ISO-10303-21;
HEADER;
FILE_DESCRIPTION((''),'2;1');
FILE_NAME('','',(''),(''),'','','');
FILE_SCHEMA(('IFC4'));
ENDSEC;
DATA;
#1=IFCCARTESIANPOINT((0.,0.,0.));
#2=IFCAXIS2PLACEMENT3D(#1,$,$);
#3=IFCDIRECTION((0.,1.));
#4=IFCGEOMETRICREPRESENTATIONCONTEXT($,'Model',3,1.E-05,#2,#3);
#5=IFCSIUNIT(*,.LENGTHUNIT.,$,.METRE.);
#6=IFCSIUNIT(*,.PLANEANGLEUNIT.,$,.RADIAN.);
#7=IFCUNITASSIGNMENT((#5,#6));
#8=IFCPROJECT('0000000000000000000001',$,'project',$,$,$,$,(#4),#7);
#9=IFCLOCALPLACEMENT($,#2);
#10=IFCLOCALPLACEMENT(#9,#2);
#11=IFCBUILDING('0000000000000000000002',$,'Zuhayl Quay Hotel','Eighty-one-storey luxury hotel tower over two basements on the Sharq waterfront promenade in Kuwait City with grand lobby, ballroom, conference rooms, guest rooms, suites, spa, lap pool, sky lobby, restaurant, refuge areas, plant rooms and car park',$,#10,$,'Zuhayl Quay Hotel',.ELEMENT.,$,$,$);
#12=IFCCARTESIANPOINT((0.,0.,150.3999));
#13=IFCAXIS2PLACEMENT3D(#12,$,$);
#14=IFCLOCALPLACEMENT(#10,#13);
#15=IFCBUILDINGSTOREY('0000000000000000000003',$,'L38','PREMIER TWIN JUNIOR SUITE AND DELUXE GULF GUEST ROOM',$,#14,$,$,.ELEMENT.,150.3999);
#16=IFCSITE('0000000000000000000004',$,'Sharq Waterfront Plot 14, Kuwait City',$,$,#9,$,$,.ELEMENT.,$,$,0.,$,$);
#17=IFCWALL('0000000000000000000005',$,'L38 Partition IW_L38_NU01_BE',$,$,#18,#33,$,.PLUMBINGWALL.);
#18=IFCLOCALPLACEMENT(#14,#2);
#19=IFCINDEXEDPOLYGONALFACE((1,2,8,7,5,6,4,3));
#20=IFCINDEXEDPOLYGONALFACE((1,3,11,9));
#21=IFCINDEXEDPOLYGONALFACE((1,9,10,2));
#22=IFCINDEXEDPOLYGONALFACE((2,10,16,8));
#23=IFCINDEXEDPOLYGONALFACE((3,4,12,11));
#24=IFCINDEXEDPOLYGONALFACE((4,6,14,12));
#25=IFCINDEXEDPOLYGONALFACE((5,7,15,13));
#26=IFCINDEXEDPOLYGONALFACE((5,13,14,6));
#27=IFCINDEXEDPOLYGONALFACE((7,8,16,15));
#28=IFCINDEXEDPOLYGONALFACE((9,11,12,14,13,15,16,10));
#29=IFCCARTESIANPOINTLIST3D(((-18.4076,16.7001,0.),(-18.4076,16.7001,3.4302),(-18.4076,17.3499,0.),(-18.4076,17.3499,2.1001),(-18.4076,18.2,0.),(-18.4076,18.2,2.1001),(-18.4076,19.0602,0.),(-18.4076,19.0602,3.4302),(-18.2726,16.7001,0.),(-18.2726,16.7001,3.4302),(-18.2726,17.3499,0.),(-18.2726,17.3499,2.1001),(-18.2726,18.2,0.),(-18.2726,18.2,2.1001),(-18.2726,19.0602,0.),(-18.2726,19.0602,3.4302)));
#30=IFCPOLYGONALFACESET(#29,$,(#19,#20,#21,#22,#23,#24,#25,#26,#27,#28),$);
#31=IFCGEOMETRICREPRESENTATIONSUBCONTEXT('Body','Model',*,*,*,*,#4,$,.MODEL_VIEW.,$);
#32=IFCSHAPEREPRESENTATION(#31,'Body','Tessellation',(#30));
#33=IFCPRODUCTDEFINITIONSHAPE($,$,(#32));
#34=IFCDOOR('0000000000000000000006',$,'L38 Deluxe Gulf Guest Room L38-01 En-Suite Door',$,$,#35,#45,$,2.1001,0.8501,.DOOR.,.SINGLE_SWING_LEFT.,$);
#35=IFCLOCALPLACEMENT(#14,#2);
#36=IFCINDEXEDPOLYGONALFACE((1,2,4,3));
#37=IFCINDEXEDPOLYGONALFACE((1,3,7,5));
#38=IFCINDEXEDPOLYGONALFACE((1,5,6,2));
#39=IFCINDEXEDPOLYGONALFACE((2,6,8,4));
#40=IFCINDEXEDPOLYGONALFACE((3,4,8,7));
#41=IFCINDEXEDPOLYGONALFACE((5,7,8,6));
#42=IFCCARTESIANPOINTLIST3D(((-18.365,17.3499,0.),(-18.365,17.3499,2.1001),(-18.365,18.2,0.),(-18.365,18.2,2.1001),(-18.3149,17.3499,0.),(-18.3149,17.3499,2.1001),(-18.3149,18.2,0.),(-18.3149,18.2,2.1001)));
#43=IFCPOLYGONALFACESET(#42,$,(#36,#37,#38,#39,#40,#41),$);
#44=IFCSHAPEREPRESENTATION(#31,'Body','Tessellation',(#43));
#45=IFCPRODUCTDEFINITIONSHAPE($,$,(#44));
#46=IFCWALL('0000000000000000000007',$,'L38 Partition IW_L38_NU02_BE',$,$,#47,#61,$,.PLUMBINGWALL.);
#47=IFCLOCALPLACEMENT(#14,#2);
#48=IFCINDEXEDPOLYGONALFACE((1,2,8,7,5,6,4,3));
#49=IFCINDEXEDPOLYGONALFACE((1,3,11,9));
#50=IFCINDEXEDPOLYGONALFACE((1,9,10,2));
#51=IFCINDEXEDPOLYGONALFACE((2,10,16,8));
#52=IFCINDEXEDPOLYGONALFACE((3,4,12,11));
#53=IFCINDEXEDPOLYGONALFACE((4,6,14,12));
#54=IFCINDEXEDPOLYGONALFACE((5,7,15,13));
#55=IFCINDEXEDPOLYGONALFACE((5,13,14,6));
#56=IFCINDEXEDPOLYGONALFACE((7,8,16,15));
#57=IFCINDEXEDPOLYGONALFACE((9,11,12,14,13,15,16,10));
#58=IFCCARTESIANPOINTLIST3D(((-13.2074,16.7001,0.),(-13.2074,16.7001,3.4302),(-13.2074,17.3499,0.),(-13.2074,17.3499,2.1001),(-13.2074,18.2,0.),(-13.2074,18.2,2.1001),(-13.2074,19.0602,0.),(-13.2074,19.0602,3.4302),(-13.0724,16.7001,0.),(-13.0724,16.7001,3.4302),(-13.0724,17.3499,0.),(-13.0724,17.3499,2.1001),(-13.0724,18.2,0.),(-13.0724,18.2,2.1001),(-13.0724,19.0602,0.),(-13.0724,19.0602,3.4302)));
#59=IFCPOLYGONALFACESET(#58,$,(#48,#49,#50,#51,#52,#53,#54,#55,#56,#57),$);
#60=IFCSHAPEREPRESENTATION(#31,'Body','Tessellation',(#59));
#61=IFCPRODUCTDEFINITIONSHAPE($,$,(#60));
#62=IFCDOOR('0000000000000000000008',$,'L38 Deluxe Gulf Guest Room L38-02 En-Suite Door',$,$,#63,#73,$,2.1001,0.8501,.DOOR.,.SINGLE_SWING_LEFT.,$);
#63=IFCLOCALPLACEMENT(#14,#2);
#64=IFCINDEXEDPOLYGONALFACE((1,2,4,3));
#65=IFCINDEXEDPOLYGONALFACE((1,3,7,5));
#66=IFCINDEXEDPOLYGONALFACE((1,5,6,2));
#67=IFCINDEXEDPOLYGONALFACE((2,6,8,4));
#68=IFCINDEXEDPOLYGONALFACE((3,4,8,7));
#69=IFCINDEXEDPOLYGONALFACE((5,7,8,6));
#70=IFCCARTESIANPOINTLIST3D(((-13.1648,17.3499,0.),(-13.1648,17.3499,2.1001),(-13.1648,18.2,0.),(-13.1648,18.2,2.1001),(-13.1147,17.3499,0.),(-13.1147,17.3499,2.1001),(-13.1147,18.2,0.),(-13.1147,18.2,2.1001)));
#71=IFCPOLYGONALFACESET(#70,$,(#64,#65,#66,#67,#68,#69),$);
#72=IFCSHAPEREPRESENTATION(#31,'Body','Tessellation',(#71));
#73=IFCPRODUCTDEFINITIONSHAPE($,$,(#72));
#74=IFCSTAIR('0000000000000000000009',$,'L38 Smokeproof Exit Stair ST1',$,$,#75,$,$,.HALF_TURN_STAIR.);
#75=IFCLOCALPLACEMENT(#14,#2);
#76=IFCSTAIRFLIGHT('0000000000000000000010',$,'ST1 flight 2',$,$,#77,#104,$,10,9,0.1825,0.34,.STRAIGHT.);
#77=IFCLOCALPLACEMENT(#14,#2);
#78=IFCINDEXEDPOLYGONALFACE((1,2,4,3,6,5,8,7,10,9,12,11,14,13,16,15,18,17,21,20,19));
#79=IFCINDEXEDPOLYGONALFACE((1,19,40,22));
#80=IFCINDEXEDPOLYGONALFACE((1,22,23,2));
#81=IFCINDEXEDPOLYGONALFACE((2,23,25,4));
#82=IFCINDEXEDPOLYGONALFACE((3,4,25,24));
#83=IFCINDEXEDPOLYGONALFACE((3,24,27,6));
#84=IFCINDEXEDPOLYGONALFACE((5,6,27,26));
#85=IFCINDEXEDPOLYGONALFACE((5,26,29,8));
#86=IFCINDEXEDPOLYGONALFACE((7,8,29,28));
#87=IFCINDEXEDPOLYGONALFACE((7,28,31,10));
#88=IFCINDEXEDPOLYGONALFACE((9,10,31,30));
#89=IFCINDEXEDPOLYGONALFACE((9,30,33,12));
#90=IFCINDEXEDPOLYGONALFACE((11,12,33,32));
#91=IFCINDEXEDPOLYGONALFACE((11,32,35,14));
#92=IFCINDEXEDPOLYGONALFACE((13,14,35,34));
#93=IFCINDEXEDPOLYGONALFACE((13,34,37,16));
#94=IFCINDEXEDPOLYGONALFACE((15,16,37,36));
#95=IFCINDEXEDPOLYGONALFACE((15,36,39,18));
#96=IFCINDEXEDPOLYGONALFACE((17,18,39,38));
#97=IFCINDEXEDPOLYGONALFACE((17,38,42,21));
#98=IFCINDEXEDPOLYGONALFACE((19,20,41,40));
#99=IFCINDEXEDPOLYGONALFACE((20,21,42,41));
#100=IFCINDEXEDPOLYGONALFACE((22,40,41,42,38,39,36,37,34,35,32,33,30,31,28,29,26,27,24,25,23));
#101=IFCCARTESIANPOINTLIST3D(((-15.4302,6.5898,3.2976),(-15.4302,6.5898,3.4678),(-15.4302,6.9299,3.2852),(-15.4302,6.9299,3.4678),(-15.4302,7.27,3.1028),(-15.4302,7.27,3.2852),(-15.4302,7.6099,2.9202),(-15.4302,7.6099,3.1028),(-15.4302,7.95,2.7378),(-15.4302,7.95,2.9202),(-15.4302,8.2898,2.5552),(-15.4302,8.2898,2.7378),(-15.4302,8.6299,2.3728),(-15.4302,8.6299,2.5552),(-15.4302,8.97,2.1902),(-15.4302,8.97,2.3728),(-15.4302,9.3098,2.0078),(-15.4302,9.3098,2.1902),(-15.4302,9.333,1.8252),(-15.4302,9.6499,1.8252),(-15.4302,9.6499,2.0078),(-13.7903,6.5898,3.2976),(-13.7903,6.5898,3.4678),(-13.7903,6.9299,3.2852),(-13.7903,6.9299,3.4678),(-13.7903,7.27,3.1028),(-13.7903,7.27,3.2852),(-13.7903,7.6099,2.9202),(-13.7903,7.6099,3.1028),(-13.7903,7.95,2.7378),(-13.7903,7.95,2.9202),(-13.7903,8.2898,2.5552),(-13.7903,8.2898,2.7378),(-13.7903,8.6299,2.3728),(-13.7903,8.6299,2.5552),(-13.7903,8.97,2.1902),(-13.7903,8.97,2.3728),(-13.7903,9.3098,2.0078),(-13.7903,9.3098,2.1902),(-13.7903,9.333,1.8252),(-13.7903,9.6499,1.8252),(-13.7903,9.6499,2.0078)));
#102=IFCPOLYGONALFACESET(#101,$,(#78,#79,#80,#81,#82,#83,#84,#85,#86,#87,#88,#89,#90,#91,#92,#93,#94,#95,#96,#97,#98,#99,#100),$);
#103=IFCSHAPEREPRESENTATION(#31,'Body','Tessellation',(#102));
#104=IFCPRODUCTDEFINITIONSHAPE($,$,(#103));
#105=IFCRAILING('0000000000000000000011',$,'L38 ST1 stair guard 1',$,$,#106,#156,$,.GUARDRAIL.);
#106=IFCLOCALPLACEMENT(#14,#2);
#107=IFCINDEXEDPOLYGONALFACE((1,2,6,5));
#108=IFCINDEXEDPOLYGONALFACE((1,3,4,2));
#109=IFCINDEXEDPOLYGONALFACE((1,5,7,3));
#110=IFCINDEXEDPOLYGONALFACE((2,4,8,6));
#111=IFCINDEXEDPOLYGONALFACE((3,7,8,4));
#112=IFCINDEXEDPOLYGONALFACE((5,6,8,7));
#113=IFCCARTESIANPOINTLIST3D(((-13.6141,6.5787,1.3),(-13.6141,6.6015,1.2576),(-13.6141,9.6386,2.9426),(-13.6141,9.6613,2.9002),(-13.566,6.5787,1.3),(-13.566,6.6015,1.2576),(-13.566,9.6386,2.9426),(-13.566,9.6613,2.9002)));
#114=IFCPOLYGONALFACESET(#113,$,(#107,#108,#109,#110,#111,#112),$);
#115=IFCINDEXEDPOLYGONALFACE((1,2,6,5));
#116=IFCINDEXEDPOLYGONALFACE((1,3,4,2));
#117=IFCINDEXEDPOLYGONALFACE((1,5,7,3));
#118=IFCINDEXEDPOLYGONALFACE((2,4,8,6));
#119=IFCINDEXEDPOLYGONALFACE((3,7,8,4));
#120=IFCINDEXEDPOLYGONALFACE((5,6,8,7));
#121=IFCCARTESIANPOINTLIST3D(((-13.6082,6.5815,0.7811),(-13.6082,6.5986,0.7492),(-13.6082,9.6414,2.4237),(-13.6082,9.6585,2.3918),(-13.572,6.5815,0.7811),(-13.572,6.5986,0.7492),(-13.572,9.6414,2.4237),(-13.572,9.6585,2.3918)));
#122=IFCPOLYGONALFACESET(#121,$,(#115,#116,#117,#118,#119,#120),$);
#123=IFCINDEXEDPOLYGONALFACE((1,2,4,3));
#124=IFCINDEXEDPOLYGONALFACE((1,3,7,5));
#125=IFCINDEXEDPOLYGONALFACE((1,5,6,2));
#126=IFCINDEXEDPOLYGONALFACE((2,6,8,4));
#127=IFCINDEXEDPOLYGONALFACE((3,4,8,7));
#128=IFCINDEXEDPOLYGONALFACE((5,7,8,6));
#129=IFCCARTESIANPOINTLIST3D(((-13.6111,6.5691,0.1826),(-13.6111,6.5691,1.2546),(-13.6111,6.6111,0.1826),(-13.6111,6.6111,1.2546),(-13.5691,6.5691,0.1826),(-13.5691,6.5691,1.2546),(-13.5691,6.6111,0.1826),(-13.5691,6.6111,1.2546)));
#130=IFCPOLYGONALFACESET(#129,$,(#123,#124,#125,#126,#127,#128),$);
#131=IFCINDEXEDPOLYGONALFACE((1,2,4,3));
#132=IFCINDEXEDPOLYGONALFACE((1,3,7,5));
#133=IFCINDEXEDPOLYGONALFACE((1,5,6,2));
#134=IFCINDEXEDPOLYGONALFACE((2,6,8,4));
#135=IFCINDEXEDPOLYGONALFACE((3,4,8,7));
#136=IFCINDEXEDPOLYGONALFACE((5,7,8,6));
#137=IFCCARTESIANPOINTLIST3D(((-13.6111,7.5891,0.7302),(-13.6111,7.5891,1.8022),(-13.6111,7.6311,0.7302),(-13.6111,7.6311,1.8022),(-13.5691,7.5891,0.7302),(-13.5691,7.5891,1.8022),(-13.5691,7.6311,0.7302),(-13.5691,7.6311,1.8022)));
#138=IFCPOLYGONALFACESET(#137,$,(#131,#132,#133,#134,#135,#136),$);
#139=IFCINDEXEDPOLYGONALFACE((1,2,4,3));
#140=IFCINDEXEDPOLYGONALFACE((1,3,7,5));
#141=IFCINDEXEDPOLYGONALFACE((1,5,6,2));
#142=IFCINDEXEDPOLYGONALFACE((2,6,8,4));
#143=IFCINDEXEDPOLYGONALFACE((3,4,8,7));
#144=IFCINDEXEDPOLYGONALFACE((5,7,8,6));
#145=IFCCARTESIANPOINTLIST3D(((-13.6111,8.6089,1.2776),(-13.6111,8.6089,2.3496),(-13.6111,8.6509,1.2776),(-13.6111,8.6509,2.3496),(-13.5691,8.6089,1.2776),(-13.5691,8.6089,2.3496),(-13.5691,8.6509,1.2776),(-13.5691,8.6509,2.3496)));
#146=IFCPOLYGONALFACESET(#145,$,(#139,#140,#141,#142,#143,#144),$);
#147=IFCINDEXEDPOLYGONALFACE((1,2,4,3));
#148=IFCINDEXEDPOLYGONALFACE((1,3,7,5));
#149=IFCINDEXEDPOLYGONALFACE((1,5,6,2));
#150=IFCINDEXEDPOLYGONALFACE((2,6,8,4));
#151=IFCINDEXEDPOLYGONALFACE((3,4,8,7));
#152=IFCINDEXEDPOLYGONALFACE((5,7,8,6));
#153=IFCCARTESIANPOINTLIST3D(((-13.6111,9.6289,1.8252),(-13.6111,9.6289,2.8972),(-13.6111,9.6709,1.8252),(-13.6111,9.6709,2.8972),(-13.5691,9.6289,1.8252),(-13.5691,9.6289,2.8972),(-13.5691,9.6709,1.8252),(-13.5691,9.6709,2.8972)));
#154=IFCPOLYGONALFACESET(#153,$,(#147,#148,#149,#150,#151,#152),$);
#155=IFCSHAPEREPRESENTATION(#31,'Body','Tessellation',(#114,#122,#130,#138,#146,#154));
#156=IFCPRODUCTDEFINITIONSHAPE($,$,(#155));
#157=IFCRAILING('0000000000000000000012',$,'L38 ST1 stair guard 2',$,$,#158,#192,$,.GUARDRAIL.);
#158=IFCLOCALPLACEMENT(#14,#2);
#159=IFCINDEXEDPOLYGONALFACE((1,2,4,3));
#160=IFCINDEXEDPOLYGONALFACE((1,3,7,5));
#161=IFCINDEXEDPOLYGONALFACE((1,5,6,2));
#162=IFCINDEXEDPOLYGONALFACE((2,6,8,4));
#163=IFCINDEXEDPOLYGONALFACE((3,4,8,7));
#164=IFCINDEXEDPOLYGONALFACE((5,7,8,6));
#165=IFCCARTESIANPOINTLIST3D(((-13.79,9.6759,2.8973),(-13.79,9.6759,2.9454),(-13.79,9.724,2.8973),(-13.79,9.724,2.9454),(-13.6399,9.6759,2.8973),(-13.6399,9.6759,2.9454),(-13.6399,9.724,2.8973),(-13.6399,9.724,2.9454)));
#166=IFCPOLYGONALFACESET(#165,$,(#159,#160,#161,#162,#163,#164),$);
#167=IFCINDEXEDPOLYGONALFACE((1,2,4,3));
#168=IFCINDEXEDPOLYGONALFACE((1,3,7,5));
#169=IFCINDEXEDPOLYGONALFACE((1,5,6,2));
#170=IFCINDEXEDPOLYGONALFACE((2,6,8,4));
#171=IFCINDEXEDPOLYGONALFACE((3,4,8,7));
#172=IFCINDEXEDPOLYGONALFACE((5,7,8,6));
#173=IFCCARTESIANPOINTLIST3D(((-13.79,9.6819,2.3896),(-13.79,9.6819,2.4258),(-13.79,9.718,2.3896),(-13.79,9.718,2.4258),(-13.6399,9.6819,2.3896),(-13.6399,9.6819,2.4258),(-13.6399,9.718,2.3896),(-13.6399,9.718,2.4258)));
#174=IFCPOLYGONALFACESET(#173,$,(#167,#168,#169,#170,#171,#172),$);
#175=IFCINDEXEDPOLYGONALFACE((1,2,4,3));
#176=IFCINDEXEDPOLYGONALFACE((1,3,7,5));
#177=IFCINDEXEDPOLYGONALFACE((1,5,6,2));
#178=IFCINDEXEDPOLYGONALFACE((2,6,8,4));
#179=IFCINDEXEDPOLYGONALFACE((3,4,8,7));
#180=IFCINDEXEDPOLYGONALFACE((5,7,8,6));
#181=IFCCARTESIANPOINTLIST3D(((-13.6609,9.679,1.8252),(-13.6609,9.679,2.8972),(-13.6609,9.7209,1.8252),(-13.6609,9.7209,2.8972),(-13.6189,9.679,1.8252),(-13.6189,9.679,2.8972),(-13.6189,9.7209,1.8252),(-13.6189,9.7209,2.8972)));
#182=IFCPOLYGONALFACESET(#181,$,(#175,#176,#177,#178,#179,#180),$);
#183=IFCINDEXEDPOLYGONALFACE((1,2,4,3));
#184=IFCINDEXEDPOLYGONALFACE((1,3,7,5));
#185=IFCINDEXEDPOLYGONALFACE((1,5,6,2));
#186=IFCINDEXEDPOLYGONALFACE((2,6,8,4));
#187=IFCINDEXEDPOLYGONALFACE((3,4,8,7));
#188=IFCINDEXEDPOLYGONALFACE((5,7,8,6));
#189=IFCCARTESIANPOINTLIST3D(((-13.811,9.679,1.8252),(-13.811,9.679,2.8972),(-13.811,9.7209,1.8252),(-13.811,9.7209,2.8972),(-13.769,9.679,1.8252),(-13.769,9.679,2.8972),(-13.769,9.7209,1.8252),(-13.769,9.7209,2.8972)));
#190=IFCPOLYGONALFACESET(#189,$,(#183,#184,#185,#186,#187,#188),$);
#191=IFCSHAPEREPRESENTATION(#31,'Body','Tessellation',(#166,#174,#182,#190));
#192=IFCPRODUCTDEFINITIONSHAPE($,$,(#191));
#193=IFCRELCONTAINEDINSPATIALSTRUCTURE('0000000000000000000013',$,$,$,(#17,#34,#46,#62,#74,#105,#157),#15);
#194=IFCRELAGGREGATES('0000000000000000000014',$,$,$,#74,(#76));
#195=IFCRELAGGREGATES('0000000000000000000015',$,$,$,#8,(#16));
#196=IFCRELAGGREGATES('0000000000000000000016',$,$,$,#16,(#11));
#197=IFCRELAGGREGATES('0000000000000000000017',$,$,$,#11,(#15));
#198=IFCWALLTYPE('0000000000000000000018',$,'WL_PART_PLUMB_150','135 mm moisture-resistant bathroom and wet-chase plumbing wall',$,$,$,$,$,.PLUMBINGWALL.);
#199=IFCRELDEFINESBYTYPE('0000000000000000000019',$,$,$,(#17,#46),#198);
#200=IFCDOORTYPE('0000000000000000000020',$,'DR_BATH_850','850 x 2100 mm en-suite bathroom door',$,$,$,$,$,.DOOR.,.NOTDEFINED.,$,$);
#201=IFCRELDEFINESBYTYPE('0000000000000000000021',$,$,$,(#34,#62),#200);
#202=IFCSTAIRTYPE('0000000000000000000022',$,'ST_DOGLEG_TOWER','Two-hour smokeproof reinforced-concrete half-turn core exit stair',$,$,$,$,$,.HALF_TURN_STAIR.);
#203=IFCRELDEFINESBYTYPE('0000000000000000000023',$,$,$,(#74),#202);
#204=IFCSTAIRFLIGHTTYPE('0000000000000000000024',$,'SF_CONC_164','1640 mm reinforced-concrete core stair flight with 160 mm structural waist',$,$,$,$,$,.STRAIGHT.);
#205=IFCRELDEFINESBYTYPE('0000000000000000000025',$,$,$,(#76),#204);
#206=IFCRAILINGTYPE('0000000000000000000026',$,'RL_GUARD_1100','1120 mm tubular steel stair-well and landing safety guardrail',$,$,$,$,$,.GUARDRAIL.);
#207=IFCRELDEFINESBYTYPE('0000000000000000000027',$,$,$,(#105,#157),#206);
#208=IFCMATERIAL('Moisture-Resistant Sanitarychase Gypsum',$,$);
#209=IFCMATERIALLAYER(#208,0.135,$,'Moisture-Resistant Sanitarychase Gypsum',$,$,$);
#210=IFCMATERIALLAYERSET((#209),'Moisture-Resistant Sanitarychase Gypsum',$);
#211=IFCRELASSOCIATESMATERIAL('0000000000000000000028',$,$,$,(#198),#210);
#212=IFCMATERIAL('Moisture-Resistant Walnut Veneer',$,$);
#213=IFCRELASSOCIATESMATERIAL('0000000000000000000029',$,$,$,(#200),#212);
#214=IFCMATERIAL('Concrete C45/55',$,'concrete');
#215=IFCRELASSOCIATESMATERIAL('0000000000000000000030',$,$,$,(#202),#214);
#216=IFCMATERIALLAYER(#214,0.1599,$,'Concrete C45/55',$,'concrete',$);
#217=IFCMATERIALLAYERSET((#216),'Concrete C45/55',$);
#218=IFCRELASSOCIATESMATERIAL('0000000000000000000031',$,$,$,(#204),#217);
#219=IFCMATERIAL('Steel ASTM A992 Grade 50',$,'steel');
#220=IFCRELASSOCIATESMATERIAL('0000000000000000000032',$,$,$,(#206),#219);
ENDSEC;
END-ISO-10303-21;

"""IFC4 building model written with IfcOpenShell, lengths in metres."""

from ifc_helpers import new_model, si_unit, direction, frame, frame_2d, origin, origin_2d, place, context, subcontext, project, spatial, polyline, rectangle, outline, extrude, material, layer, layer_set, type_object, element, fill, aggregate, save


model = new_model("IFC4")

# Units and contexts
model_context = context("Model", 3, precision=1e-05, world=origin(), true_north=direction((0.0, 1.0)))
body_context = subcontext(model_context, "Body", "Model", "MODEL_VIEW")
ifc_project = project(units=[si_unit("LENGTHUNIT", "METRE"), si_unit("PLANEANGLEUNIT", "RADIAN")], contexts=[model_context])

# Site, building, storey
site_placement = place(None, origin())
site = spatial("IfcSite", under=ifc_project, at=site_placement, Name="Sharq Waterfront Plot 14, Kuwait City", CompositionType="ELEMENT", RefElevation=0.0)
building_placement = place(site_placement, origin())
building = spatial("IfcBuilding", under=site, at=building_placement, Name="Zuhayl Quay Hotel", Description="Eighty-one-storey luxury hotel tower over two basements on the Sharq waterfront promenade in Kuwait City with grand lobby, ballroom, conference rooms, guest rooms, suites, spa, lap pool, sky lobby, restaurant, refuge areas, plant rooms and car park", LongName="Zuhayl Quay Hotel", CompositionType="ELEMENT")
storey_placement = place(building_placement, frame((0.0, 0.0, 150.3999)))
storey = spatial("IfcBuildingStorey", under=building, at=storey_placement, Name="L38", Description="PREMIER TWIN JUNIOR SUITE AND DELUXE GULF GUEST ROOM", CompositionType="ELEMENT", Elevation=150.3999)

# Shared definitions
ifc_material_1 = material(Name="Steel ASTM A992 Grade 50", Category="steel")

# Walls, openings, doors
ifc_material_2 = material(Name="Moisture-Resistant Sanitarychase Gypsum")
ifc_layer_1 = layer(ifc_material_2, 0.135, Name="Moisture-Resistant Sanitarychase Gypsum")
ifc_layer_set_1 = layer_set([ifc_layer_1], Name="Moisture-Resistant Sanitarychase Gypsum")
wall_type_1 = type_object("IfcWallType", Name="WL_PART_PLUMB_150", Description="135 mm moisture-resistant bathroom and wet-chase plumbing wall", PredefinedType="PLUMBINGWALL", material=ifc_layer_set_1)
wall_1_placement = place(storey_placement, frame((-18.3401, 16.7, 0.0), z_axis=(0.0, 0.0, 1.0), x_axis=(0.0, 1.0, 0.0)))
wall_1 = element("IfcWall", 1, at=wall_1_placement, inside=storey, type_object=wall_type_1, Name="L38 Partition IW_L38_NU01_BE", PredefinedType="PLUMBINGWALL", context=body_context, shape_type="SweptSolid", body=[
    extrude(rectangle(XDim=2.3601, YDim=0.135, at=frame_2d((1.1802, 0.0))), origin(), (0.0, 0.0, 1.0), 3.4302),
])
opening_1_placement = place(wall_1_placement, frame((0.6499, 0.0, 0.0)))
opening_1 = element("IfcOpeningElement", 2, at=opening_1_placement, cuts=wall_1, PredefinedType="OPENING", context=body_context, shape_type="SweptSolid", body=[
    extrude(rectangle(XDim=0.8501, YDim=2.1001, at=frame_2d((0.425, 1.05))), frame((0.0, 0.0774, 0.0), z_axis=(0.0, -1.0, 0.0), x_axis=(1.0, 0.0, 0.0)), (0.0, 0.0, 1.0), 0.155),
])
ifc_material_3 = material(Name="Moisture-Resistant Walnut Veneer")
door_type_1 = type_object("IfcDoorType", Name="DR_BATH_850", Description="850 x 2100 mm en-suite bathroom door", OperationType="NOTDEFINED", PredefinedType="DOOR", material=ifc_material_3)
door_1_placement = place(opening_1_placement, origin())
door_1 = element("IfcDoor", 3, at=door_1_placement, inside=storey, type_object=door_type_1, Name="L38 Deluxe Gulf Guest Room L38-01 En-Suite Door", OperationType="SINGLE_SWING_LEFT", OverallHeight=2.1001, OverallWidth=0.8501, PredefinedType="DOOR", context=body_context, shape_type="SweptSolid", body=[
    extrude(rectangle(XDim=0.8501, YDim=2.1001, at=frame_2d((0.425, 1.05))), frame((0.0, 0.0249, 0.0), z_axis=(0.0, -1.0, 0.0), x_axis=(1.0, 0.0, 0.0)), (0.0, 0.0, 1.0), 0.05),
])
fill(opening_1, door_1)
wall_2_placement = place(storey_placement, frame((-13.1399, 16.7, 0.0), z_axis=(0.0, 0.0, 1.0), x_axis=(0.0, 1.0, 0.0)))
wall_2 = element("IfcWall", 4, at=wall_2_placement, inside=storey, type_object=wall_type_1, Name="L38 Partition IW_L38_NU02_BE", PredefinedType="PLUMBINGWALL", context=body_context, shape_type="SweptSolid", body=[
    extrude(rectangle(XDim=2.3601, YDim=0.135, at=frame_2d((1.1802, 0.0))), origin(), (0.0, 0.0, 1.0), 3.4302),
])
opening_2_placement = place(wall_2_placement, frame((0.6499, 0.0, 0.0)))
opening_2 = element("IfcOpeningElement", 5, at=opening_2_placement, cuts=wall_2, PredefinedType="OPENING", context=body_context, shape_type="SweptSolid", body=[
    extrude(rectangle(XDim=0.8501, YDim=2.1001, at=frame_2d((0.425, 1.05))), frame((0.0, 0.0774, 0.0), z_axis=(0.0, -1.0, 0.0), x_axis=(1.0, 0.0, 0.0)), (0.0, 0.0, 1.0), 0.155),
])
door_2_placement = place(opening_2_placement, origin())
door_2 = element("IfcDoor", 6, at=door_2_placement, inside=storey, type_object=door_type_1, Name="L38 Deluxe Gulf Guest Room L38-02 En-Suite Door", OperationType="SINGLE_SWING_LEFT", OverallHeight=2.1001, OverallWidth=0.8501, PredefinedType="DOOR", context=body_context, shape_type="SweptSolid", body=[
    extrude(rectangle(XDim=0.8501, YDim=2.1001, at=frame_2d((0.425, 1.05))), frame((0.0, 0.0249, 0.0), z_axis=(0.0, -1.0, 0.0), x_axis=(1.0, 0.0, 0.0)), (0.0, 0.0, 1.0), 0.05),
])
fill(opening_2, door_2)

# Stair, stair flight
ifc_material_4 = material(Name="Concrete C45/55", Category="concrete")
stair_type = type_object("IfcStairType", Name="ST_DOGLEG_TOWER", Description="Two-hour smokeproof reinforced-concrete half-turn core exit stair", PredefinedType="HALF_TURN_STAIR", material=ifc_material_4)
stair_placement = place(storey_placement, origin())
stair = element("IfcStair", 7, at=stair_placement, inside=storey, type_object=stair_type, Name="L38 Smokeproof Exit Stair ST1", PredefinedType="HALF_TURN_STAIR")
ifc_layer_2 = layer(ifc_material_4, 0.1599, Name="Concrete C45/55", Category="concrete")
ifc_layer_set_2 = layer_set([ifc_layer_2], Name="Concrete C45/55")
stair_flight_type = type_object("IfcStairFlightType", Name="SF_CONC_164", Description="1640 mm reinforced-concrete core stair flight with 160 mm structural waist", PredefinedType="STRAIGHT", material=ifc_layer_set_2)
stair_flight_placement = place(storey_placement, frame((-14.6101, 9.6499, 1.8252), z_axis=(0.0, 0.0, 1.0), x_axis=(0.0, -1.0, 0.0)))
stair_flight = element("IfcStairFlight", 8, at=stair_flight_placement, type_object=stair_flight_type, Name="ST1 flight 2", NumberOfRisers=10, NumberOfTreads=9, PredefinedType="STRAIGHT", RiserHeight=0.1825, TreadLength=0.34, context=body_context, shape_type="SweptSolid", body=[
    extrude(outline(polyline([(0.0, 0.0), (0.0, 0.1826), (0.3401, 0.1826), (0.3401, 0.365), (0.6799, 0.365), (0.6799, 0.5476), (1.02, 0.5476), (1.02, 0.73), (1.3601, 0.73), (1.3601, 0.9126), (1.7, 0.9126), (1.7, 1.095), (2.04, 1.095), (2.04, 1.2776), (2.3799, 1.2776), (2.3799, 1.46), (2.72, 1.46), (2.72, 1.6426), (3.0601, 1.6426), (3.0601, 1.825), (3.0601, 1.4724), (0.3169, 0.0), (0.0, 0.0)])), frame((0.0, 0.8198, 0.0), z_axis=(0.0, -1.0, 0.0), x_axis=(1.0, 0.0, 0.0)), (0.0, 0.0, 1.0), 1.6399),
])
aggregate(stair, [stair_flight])

# Railings
railing_type_1 = type_object("IfcRailingType", Name="RL_GUARD_1100", Description="1120 mm tubular steel stair-well and landing safety guardrail", PredefinedType="GUARDRAIL", material=ifc_material_1)
railing_1_placement = place(storey_placement, frame((-13.5901, 6.5901, 0.1826)))
element("IfcRailing", 9, at=railing_1_placement, inside=storey, type_object=railing_type_1, Name="L38 ST1 stair guard 1", PredefinedType="GUARDRAIL", context=body_context, shape_type="SweptSolid", body=[
    extrude(rectangle(XDim=0.0481, YDim=0.0481, at=origin_2d()), frame((0.0, 0.0, 1.0962), z_axis=(0.0, 0.881073, 0.47298), x_axis=(-1.0, 0.0, 0.0)), (0.0, 0.0, 1.0), 3.4729),
    extrude(rectangle(XDim=0.0361, YDim=0.0361, at=origin_2d()), frame((0.0, 0.0, 0.5825), z_axis=(0.0, 0.881073, 0.47298), x_axis=(-1.0, 0.0, 0.0)), (0.0, 0.0, 1.0), 3.4729),
    extrude(rectangle(XDim=0.042, YDim=0.042, at=origin_2d()), origin(), (0.0, 0.0, 1.0), 1.072),
    extrude(rectangle(XDim=0.042, YDim=0.042, at=origin_2d()), frame((0.0, 1.02, 0.5476)), (0.0, 0.0, 1.0), 1.072),
    extrude(rectangle(XDim=0.042, YDim=0.042, at=origin_2d()), frame((0.0, 2.0398, 1.095)), (0.0, 0.0, 1.0), 1.072),
    extrude(rectangle(XDim=0.042, YDim=0.042, at=origin_2d()), frame((0.0, 3.0598, 1.6426)), (0.0, 0.0, 1.0), 1.072),
])
railing_2_placement = place(storey_placement, frame((-13.6399, 9.7, 1.8252)))
element("IfcRailing", 10, at=railing_2_placement, inside=storey, type_object=railing_type_1, Name="L38 ST1 stair guard 2", PredefinedType="GUARDRAIL", context=body_context, shape_type="SweptSolid", body=[
    extrude(rectangle(XDim=0.0481, YDim=0.0481, at=origin_2d()), frame((0.0, 0.0, 1.0962), z_axis=(-1.0, 0.0, 0.0), x_axis=(0.0, -1.0, 0.0)), (0.0, 0.0, 1.0), 0.1501),
    extrude(rectangle(XDim=0.0361, YDim=0.0361, at=origin_2d()), frame((0.0, 0.0, 0.5825), z_axis=(-1.0, 0.0, 0.0), x_axis=(0.0, -1.0, 0.0)), (0.0, 0.0, 1.0), 0.1501),
    extrude(rectangle(XDim=0.042, YDim=0.042, at=origin_2d()), origin(), (0.0, 0.0, 1.0), 1.072),
    extrude(rectangle(XDim=0.042, YDim=0.042, at=origin_2d()), frame((-0.1501, 0.0, 0.0)), (0.0, 0.0, 1.0), 1.072),
])

save(model, "model.ifc")
